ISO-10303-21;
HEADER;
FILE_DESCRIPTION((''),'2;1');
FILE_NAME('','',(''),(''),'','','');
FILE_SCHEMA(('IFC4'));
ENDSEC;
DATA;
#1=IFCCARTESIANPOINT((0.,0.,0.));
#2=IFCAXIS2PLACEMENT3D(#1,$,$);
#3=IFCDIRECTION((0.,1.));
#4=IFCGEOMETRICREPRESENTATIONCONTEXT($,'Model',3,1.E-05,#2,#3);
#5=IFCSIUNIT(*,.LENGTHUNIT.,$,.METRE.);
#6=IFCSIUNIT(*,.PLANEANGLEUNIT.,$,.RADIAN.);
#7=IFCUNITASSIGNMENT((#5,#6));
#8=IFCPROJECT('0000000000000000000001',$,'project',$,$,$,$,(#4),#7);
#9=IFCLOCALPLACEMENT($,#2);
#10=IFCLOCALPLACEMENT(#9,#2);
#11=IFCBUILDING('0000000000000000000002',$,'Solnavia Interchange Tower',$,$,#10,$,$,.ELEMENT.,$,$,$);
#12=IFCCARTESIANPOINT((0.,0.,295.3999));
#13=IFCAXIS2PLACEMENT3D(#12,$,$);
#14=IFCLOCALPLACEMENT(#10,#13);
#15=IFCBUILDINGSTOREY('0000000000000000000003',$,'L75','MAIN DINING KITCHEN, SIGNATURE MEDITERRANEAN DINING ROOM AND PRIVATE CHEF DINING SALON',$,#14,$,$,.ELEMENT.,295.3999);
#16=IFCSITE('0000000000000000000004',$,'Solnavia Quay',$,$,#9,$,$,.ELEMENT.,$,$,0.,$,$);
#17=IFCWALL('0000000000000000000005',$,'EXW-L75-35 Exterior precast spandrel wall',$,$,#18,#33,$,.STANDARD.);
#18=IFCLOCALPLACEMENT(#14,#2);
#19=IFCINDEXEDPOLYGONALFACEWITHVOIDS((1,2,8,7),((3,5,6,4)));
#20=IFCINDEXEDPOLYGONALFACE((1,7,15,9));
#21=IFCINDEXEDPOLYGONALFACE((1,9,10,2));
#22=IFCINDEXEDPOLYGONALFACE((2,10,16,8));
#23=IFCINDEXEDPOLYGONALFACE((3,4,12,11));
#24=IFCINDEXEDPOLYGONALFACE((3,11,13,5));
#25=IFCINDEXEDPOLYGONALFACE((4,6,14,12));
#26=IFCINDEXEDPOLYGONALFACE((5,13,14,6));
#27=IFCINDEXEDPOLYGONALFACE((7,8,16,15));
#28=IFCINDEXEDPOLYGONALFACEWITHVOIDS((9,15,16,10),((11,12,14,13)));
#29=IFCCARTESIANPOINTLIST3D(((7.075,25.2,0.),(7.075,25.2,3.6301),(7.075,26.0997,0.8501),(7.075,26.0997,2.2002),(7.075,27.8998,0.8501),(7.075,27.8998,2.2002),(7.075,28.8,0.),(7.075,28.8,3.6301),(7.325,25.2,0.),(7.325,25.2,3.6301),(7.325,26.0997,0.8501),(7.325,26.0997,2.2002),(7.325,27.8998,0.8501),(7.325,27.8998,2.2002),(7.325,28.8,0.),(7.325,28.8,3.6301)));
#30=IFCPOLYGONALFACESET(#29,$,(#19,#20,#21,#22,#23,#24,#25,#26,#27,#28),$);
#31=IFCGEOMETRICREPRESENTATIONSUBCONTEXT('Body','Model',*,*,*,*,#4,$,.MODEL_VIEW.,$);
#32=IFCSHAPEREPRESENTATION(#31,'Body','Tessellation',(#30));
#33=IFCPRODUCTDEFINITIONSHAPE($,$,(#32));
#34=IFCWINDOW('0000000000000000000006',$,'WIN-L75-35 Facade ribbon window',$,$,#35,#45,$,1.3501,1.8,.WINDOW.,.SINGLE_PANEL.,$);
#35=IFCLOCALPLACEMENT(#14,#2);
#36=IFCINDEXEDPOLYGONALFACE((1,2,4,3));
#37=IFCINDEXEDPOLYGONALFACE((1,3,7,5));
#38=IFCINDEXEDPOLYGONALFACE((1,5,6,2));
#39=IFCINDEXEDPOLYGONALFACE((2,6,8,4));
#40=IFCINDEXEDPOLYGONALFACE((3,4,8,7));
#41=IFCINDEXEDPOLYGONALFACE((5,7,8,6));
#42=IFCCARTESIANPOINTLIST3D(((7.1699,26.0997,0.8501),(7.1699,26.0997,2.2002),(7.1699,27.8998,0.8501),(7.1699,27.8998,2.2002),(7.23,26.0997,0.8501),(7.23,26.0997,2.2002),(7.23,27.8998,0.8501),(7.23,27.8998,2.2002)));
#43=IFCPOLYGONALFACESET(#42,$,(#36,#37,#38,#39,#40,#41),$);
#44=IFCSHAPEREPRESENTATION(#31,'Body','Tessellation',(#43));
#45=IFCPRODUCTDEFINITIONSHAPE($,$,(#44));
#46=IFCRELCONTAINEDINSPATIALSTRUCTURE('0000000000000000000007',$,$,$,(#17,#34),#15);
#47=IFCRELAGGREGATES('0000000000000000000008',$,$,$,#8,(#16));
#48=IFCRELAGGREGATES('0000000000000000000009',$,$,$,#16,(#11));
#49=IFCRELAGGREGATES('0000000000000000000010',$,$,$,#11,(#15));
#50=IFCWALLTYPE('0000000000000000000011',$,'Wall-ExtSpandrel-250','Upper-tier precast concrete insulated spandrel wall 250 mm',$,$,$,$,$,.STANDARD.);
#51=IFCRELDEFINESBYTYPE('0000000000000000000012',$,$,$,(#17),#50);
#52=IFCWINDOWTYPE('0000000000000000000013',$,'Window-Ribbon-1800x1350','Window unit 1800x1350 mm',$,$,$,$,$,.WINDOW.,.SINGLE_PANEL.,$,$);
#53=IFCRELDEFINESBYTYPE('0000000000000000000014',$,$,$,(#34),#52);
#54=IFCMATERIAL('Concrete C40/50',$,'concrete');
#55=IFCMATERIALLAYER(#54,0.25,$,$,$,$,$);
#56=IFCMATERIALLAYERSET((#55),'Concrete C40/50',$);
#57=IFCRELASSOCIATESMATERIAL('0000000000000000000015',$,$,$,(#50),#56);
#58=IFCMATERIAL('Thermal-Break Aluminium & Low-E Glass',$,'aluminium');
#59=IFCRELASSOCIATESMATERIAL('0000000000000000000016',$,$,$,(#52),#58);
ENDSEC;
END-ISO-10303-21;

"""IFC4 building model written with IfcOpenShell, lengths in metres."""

from ifc_helpers import new_model, si_unit, direction, frame, frame_2d, origin, place, context, subcontext, project, spatial, rectangle, extrude, material, layer, layer_set, type_object, element, fill, save


model = new_model("IFC4")

# Units and contexts
model_context = context("Model", 3, precision=1e-05, world=origin(), true_north=direction((0.0, 1.0)))
body_context = subcontext(model_context, "Body", "Model", "MODEL_VIEW")
ifc_project = project(units=[si_unit("LENGTHUNIT", "METRE"), si_unit("PLANEANGLEUNIT", "RADIAN")], contexts=[model_context])

# Site, building, storey
site_placement = place(None, origin())
site = spatial("IfcSite", under=ifc_project, at=site_placement, Name="Solnavia Quay", CompositionType="ELEMENT", RefElevation=0.0)
building_placement = place(site_placement, origin())
building = spatial("IfcBuilding", under=site, at=building_placement, Name="Solnavia Interchange Tower", CompositionType="ELEMENT")
storey_placement = place(building_placement, frame((0.0, 0.0, 295.3999)))
storey = spatial("IfcBuildingStorey", under=building, at=storey_placement, Name="L75", Description="MAIN DINING KITCHEN, SIGNATURE MEDITERRANEAN DINING ROOM AND PRIVATE CHEF DINING SALON", CompositionType="ELEMENT", Elevation=295.3999)

# Wall, opening, window
ifc_material_1 = material(Name="Concrete C40/50", Category="concrete")
ifc_layer_1 = layer(ifc_material_1, 0.25)
ifc_layer_set_1 = layer_set([ifc_layer_1], Name="Concrete C40/50")
wall_type = type_object("IfcWallType", Name="Wall-ExtSpandrel-250", Description="Upper-tier precast concrete insulated spandrel wall 250 mm", PredefinedType="STANDARD", material=ifc_layer_set_1)
wall_placement = place(storey_placement, frame((7.2, 25.2, 0.0), z_axis=(0.0, 0.0, 1.0), x_axis=(0.0, 1.0, 0.0)))
wall = element("IfcWall", 1, at=wall_placement, inside=storey, type_object=wall_type, Name="EXW-L75-35 Exterior precast spandrel wall", PredefinedType="STANDARD", context=body_context, shape_type="SweptSolid", body=[
    extrude(rectangle(XDim=3.6001, YDim=0.25, at=frame_2d((1.8, 0.0))), origin(), (0.0, 0.0, 1.0), 3.6301),
])
opening_placement = place(wall_placement, frame((0.8999, 0.0, 0.8501)))
opening = element("IfcOpeningElement", 2, at=opening_placement, cuts=wall, PredefinedType="OPENING", context=body_context, shape_type="SweptSolid", body=[
    extrude(rectangle(XDim=1.8, YDim=1.3501, at=frame_2d((0.8999, 0.675))), frame((0.0, 0.135, 0.0), z_axis=(0.0, -1.0, 0.0), x_axis=(1.0, 0.0, 0.0)), (0.0, 0.0, 1.0), 0.27),
])
ifc_material_2 = material(Name="Thermal-Break Aluminium & Low-E Glass", Category="aluminium")
window_type = type_object("IfcWindowType", Name="Window-Ribbon-1800x1350", Description="Window unit 1800x1350 mm", PartitioningType="SINGLE_PANEL", PredefinedType="WINDOW", material=ifc_material_2)
window_placement = place(opening_placement, origin())
window = element("IfcWindow", 3, at=window_placement, inside=storey, type_object=window_type, Name="WIN-L75-35 Facade ribbon window", OverallHeight=1.3501, OverallWidth=1.8, PartitioningType="SINGLE_PANEL", PredefinedType="WINDOW", context=body_context, shape_type="SweptSolid", body=[
    extrude(rectangle(XDim=1.8, YDim=1.3501, at=frame_2d((0.8999, 0.675))), frame((0.0, 0.03, 0.0), z_axis=(0.0, -1.0, 0.0), x_axis=(1.0, 0.0, 0.0)), (0.0, 0.0, 1.0), 0.0601),
])
fill(opening, window)

save(model, "model.ifc")
